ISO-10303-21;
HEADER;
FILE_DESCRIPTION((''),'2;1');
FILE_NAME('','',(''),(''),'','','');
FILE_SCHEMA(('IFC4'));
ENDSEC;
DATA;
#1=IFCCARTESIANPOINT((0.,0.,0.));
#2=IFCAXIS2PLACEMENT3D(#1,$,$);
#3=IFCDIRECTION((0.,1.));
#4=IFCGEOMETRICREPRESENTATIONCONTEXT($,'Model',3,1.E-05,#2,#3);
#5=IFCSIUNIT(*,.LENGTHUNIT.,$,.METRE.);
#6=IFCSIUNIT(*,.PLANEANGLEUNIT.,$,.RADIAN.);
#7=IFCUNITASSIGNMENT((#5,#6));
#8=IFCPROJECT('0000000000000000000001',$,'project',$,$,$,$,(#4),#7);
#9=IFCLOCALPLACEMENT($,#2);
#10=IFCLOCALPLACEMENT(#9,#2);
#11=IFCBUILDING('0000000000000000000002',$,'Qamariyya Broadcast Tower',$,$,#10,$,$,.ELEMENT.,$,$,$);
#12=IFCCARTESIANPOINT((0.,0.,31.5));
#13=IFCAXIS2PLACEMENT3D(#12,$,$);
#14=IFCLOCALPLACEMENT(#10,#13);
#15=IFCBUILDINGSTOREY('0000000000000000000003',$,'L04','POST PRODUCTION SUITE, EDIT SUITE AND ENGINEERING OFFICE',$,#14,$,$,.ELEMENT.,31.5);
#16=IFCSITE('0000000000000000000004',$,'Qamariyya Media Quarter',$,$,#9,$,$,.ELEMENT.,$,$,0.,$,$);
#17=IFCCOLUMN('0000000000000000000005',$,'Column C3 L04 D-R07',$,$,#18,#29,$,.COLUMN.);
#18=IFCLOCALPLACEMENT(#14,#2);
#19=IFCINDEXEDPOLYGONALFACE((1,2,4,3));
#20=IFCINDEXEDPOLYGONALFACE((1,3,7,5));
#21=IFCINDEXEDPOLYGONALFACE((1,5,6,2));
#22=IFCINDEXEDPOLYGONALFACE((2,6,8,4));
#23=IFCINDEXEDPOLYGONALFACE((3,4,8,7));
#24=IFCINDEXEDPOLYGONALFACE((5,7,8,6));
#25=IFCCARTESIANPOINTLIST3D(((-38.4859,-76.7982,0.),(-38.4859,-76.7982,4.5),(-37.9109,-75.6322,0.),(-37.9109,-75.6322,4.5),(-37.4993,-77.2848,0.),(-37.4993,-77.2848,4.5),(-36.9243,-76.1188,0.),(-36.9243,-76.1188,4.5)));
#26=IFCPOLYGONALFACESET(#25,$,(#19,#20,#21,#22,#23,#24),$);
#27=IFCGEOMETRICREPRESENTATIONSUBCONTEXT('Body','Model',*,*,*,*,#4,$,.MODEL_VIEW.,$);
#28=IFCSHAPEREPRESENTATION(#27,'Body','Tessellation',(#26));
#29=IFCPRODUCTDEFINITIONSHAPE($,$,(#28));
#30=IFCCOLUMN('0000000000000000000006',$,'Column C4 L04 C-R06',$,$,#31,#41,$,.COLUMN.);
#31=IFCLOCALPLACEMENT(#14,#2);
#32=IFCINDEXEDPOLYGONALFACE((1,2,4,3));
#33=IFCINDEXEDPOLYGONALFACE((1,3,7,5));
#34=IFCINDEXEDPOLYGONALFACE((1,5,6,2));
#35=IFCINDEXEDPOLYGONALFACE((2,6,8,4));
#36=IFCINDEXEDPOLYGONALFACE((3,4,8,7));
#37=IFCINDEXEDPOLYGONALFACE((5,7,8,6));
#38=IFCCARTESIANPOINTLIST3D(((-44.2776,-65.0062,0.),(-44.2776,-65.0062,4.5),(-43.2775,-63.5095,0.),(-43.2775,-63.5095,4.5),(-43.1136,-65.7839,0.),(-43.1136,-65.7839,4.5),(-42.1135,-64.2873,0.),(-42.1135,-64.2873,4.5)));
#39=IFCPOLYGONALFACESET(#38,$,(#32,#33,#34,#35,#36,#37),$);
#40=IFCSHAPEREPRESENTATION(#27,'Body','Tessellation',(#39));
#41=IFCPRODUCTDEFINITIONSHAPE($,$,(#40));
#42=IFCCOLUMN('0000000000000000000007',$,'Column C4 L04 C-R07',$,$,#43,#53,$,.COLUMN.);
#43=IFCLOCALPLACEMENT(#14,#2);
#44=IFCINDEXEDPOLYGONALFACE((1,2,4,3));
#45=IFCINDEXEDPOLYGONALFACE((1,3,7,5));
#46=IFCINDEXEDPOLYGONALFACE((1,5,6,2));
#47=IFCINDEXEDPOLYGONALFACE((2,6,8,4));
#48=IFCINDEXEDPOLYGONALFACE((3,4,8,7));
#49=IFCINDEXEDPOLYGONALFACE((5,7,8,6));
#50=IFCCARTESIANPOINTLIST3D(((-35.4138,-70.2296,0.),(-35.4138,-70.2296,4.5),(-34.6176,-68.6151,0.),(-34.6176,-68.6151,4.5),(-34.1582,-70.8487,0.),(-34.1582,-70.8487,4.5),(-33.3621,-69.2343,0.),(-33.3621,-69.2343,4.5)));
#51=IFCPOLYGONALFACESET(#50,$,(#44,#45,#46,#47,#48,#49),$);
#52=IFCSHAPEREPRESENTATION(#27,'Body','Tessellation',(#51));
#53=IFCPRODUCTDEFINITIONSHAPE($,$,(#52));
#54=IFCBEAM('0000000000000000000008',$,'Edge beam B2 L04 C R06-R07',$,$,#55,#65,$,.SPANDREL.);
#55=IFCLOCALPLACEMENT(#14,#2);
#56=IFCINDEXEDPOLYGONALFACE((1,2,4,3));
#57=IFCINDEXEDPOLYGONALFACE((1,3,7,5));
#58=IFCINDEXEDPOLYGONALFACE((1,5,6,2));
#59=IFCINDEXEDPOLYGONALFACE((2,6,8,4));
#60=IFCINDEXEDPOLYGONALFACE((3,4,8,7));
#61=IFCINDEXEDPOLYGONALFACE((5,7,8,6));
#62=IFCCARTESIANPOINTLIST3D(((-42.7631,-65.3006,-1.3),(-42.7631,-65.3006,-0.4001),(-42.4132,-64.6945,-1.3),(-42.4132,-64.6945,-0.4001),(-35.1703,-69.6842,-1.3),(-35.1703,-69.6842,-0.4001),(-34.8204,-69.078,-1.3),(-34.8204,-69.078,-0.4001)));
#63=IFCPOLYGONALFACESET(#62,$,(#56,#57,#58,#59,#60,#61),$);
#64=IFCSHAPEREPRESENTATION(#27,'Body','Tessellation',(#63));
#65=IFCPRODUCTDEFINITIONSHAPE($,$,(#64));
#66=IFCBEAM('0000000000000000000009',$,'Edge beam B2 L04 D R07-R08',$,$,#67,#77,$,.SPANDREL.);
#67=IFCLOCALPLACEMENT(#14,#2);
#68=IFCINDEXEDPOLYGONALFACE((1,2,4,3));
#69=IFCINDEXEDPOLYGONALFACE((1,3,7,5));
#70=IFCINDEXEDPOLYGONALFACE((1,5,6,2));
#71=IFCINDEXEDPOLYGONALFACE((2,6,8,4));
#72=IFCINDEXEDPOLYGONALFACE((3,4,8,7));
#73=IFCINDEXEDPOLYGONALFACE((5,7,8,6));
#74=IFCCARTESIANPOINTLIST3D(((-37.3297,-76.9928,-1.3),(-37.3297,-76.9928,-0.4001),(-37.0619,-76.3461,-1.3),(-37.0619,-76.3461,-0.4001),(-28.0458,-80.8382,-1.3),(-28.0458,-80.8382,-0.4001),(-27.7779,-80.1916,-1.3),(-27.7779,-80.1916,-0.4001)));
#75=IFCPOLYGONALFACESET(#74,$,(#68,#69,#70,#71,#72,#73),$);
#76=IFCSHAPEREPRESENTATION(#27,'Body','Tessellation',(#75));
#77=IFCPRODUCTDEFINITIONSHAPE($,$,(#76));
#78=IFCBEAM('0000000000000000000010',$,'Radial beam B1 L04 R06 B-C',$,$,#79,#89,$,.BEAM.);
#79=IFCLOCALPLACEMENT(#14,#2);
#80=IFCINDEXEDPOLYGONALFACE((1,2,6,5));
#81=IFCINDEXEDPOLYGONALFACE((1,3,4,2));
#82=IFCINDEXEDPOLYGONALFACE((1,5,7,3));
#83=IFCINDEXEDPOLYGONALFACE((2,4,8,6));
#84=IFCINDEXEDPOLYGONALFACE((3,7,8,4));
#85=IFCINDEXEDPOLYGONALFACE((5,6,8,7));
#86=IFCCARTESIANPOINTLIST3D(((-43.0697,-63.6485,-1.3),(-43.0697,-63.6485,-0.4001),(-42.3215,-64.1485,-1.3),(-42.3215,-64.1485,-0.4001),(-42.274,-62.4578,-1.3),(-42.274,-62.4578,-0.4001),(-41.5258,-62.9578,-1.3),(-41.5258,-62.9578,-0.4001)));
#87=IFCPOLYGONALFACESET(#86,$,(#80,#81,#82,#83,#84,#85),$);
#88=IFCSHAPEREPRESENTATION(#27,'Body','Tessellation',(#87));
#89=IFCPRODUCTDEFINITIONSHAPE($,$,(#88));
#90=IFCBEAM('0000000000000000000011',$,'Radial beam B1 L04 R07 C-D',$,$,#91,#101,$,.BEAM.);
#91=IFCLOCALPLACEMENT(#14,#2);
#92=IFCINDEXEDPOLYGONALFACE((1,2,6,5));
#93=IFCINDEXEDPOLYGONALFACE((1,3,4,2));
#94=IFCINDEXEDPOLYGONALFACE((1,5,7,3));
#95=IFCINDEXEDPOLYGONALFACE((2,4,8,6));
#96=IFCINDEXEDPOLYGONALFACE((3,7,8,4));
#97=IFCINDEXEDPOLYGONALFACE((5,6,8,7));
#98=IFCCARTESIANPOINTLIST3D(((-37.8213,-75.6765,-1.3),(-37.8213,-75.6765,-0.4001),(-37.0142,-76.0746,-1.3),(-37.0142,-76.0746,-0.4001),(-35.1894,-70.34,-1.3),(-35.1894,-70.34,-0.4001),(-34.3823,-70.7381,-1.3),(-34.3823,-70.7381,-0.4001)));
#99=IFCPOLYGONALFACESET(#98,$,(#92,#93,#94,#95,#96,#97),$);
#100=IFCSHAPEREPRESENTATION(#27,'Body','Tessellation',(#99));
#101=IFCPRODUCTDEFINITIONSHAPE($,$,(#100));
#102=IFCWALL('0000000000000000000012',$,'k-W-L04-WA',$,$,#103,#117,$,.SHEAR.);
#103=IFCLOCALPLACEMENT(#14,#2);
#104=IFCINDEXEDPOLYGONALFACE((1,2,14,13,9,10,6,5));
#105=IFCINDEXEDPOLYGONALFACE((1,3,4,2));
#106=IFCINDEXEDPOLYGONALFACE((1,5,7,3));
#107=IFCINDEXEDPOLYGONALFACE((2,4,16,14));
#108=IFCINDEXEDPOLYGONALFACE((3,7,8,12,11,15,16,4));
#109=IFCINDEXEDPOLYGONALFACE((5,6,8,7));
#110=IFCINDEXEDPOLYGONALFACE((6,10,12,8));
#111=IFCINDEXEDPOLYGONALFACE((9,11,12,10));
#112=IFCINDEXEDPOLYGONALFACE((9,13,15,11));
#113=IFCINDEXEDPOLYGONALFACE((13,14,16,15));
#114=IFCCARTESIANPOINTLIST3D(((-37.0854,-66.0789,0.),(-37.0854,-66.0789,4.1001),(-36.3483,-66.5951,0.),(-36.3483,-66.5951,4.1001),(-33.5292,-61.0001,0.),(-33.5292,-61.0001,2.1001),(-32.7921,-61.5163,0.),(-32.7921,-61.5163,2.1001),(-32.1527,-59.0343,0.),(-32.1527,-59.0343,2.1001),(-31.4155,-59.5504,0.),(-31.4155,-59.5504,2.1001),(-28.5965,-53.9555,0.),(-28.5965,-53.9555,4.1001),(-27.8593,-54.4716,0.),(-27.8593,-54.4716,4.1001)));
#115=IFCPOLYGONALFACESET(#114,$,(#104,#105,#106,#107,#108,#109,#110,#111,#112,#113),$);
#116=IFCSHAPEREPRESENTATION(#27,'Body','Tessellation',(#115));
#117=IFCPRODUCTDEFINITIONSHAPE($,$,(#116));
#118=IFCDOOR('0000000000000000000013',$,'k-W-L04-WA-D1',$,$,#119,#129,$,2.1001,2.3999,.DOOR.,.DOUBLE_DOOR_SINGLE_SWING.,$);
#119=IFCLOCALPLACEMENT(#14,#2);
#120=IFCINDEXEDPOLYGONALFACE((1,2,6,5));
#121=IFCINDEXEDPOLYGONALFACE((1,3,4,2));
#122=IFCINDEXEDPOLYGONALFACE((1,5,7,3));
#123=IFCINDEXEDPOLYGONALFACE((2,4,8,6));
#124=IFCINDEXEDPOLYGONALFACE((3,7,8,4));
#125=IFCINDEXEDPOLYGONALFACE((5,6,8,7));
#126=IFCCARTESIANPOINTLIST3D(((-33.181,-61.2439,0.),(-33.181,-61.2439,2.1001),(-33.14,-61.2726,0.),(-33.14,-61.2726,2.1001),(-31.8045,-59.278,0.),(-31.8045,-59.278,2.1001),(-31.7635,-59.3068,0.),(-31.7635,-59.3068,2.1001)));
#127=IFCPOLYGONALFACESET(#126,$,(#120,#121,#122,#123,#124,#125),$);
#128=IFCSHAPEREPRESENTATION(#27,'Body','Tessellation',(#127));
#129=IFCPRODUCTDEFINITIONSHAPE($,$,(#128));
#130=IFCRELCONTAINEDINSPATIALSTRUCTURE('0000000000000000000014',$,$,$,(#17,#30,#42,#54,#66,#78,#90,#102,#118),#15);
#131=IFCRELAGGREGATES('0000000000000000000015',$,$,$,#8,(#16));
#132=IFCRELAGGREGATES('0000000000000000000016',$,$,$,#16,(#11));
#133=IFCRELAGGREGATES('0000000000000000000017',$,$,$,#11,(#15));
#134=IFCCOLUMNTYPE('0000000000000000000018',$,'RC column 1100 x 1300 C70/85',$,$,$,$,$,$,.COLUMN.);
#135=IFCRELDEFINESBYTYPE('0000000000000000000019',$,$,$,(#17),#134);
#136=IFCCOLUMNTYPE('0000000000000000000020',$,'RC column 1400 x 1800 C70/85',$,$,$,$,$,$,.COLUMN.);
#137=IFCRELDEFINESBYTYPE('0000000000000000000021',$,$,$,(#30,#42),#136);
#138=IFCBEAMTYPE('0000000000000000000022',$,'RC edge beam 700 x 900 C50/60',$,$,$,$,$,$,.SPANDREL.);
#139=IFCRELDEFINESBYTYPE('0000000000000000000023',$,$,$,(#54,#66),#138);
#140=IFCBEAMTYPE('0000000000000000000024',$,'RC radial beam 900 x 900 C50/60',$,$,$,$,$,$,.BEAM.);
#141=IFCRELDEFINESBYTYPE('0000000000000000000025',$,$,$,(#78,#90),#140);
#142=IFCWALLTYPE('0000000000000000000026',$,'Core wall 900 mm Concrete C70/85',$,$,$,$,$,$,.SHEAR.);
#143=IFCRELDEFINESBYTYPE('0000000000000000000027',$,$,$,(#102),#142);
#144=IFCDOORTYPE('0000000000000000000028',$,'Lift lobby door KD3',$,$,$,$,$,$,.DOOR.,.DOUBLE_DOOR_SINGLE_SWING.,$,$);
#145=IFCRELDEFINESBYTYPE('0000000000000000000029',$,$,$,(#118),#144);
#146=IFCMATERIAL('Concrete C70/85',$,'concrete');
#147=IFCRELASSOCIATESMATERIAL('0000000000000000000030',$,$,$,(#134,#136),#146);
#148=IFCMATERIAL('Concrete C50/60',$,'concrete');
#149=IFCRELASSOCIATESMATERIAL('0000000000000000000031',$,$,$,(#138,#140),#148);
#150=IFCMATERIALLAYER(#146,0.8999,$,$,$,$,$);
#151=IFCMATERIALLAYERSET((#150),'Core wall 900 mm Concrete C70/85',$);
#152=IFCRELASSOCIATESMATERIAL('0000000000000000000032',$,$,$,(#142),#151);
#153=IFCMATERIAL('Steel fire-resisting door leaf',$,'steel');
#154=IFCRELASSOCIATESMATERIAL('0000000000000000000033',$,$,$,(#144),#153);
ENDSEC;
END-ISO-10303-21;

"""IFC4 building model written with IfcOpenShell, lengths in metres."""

from ifc_helpers import new_model, si_unit, direction, frame, frame_2d, origin, origin_2d, place, context, subcontext, project, spatial, rectangle, extrude, material, layer, layer_set, material_profile, profile_set, type_object, element, fill, save


model = new_model("IFC4")

# Units and contexts
model_context = context("Model", 3, precision=1e-05, world=origin(), true_north=direction((0.0, 1.0)))
body_context = subcontext(model_context, "Body", "Model", "MODEL_VIEW")
ifc_project = project(units=[si_unit("LENGTHUNIT", "METRE"), si_unit("PLANEANGLEUNIT", "RADIAN")], contexts=[model_context])

# Site, building, storey
site_placement = place(None, origin())
site = spatial("IfcSite", under=ifc_project, at=site_placement, Name="Qamariyya Media Quarter", CompositionType="ELEMENT", RefElevation=0.0)
building_placement = place(site_placement, origin())
building = spatial("IfcBuilding", under=site, at=building_placement, Name="Qamariyya Broadcast Tower", CompositionType="ELEMENT")
storey_placement = place(building_placement, frame((0.0, 0.0, 31.5)))
storey = spatial("IfcBuildingStorey", under=building, at=storey_placement, Name="L04", Description="POST PRODUCTION SUITE, EDIT SUITE AND ENGINEERING OFFICE", CompositionType="ELEMENT", Elevation=31.5)

# Columns
ifc_material_1 = material(Name="Concrete C70/85", Category="concrete")
ifc_material_profile_1 = material_profile(ifc_material_1, rectangle(XDim=1.1001, YDim=1.3, at=origin_2d()))
ifc_profile_set_1 = profile_set([ifc_material_profile_1], Name="Concrete C70/85")
column_type_1 = type_object("IfcColumnType", Name="RC column 1100 x 1300 C70/85", PredefinedType="COLUMN", material=ifc_profile_set_1)
column_placement = place(storey_placement, frame((-37.7051, -76.4585, 0.0), z_axis=(0.0, 0.0, 1.0), x_axis=(0.896873, -0.442289, 0.0)))
element("IfcColumn", 1, at=column_placement, inside=storey, type_object=column_type_1, Name="Column C3 L04 D-R07", PredefinedType="COLUMN", context=body_context, shape_type="SweptSolid", body=[
    extrude(rectangle(XDim=1.1001, YDim=1.3, at=origin_2d()), origin(), (0.0, 0.0, 1.0), 4.5),
])
ifc_material_profile_2 = material_profile(ifc_material_1, rectangle(XDim=1.3999, YDim=1.8, at=origin_2d()))
ifc_profile_set_2 = profile_set([ifc_material_profile_2], Name="Concrete C70/85")
column_type_2 = type_object("IfcColumnType", Name="RC column 1400 x 1800 C70/85", PredefinedType="COLUMN", material=ifc_profile_set_2)
for number, where, z_axis, x_axis, name in (
    (2, (-43.1956, -64.6467, 0.0), (0.0, 0.0, 1.0), (0.83147, -0.55557, 0.0), "Column C4 L04 C-R06"),
    (3, (-34.3879, -69.7319, 0.0), (0.0, 0.0, 1.0), (0.896873, -0.442289, 0.0), "Column C4 L04 C-R07"),
):
    element("IfcColumn", number, at=place(storey_placement, frame(where, z_axis=z_axis, x_axis=x_axis)), inside=storey, type_object=column_type_2, Name=name, PredefinedType="COLUMN", context=body_context, shape_type="SweptSolid", body=[
        extrude(rectangle(XDim=1.3999, YDim=1.8, at=origin_2d()), origin(), (0.0, 0.0, 1.0), 4.5),
    ])

# Beams
ifc_material_2 = material(Name="Concrete C50/60", Category="concrete")
ifc_material_profile_3 = material_profile(ifc_material_2, rectangle(XDim=0.7, YDim=0.8999, at=origin_2d()))
ifc_profile_set_3 = profile_set([ifc_material_profile_3], Name="Concrete C50/60")
beam_type_1 = type_object("IfcBeamType", Name="RC edge beam 700 x 900 C50/60", PredefinedType="SPANDREL", material=ifc_profile_set_3)
beam_1_placement = place(storey_placement, frame((-42.5881, -64.9976, -0.8501), z_axis=(0.866033, -0.499988, 0.0), x_axis=(0.499988, 0.866033, 0.0)))
element("IfcBeam", 4, at=beam_1_placement, inside=storey, type_object=beam_type_1, Name="Edge beam B2 L04 C R06-R07", PredefinedType="SPANDREL", context=body_context, shape_type="SweptSolid", body=[
    extrude(rectangle(XDim=0.7, YDim=0.8999, at=origin_2d()), origin(), (0.0, 0.0, 1.0), 8.7673),
])
beam_2_placement = place(storey_placement, frame((-37.1958, -76.6694, -0.8501), z_axis=(0.923882, -0.382677, 0.0), x_axis=(0.382677, 0.923882, 0.0)))
element("IfcBeam", 5, at=beam_2_placement, inside=storey, type_object=beam_type_1, Name="Edge beam B2 L04 D R07-R08", PredefinedType="SPANDREL", context=body_context, shape_type="SweptSolid", body=[
    extrude(rectangle(XDim=0.7, YDim=0.8999, at=origin_2d()), origin(), (0.0, 0.0, 1.0), 10.0488),
])
ifc_material_profile_4 = material_profile(ifc_material_2, rectangle(XDim=0.8999, YDim=0.8999, at=origin_2d()))
ifc_profile_set_4 = profile_set([ifc_material_profile_4], Name="Concrete C50/60")
beam_type_2 = type_object("IfcBeamType", Name="RC radial beam 900 x 900 C50/60", PredefinedType="BEAM", material=ifc_profile_set_4)
beam_3_placement = place(storey_placement, frame((-41.8999, -62.7078, -0.8501), z_axis=(-0.555605, -0.831447, 0.0), x_axis=(0.831447, -0.555605, 0.0)))
element("IfcBeam", 6, at=beam_3_placement, inside=storey, type_object=beam_type_2, Name="Radial beam B1 L04 R06 B-C", PredefinedType="BEAM", context=body_context, shape_type="SweptSolid", body=[
    extrude(rectangle(XDim=0.8999, YDim=0.8999, at=origin_2d()), origin(), (0.0, 0.0, 1.0), 1.4321),
])
beam_4_placement = place(storey_placement, frame((-34.7859, -70.5391, -0.8501), z_axis=(-0.442316, -0.896859, 0.0), x_axis=(0.896859, -0.442316, 0.0)))
element("IfcBeam", 7, at=beam_4_placement, inside=storey, type_object=beam_type_2, Name="Radial beam B1 L04 R07 C-D", PredefinedType="BEAM", context=body_context, shape_type="SweptSolid", body=[
    extrude(rectangle(XDim=0.8999, YDim=0.8999, at=origin_2d()), origin(), (0.0, 0.0, 1.0), 5.9502),
])

# Wall, opening, door
ifc_layer_1 = layer(ifc_material_1, 0.8999)
ifc_layer_set_1 = layer_set([ifc_layer_1], Name="Core wall 900 mm Concrete C70/85")
wall_type_1 = type_object("IfcWallType", Name="Core wall 900 mm Concrete C70/85", PredefinedType="SHEAR", material=ifc_layer_set_1)
wall_1_placement = place(storey_placement, frame((-36.7168, -66.3369, 0.0), z_axis=(0.0, 0.0, 1.0), x_axis=(0.573577, 0.819151, 0.0)))
wall_1 = element("IfcWall", 8, at=wall_1_placement, inside=storey, type_object=wall_type_1, Name="k-W-L04-WA", PredefinedType="SHEAR", context=body_context, shape_type="SweptSolid", body=[
    extrude(rectangle(XDim=14.8, YDim=0.8999, at=frame_2d((7.3999, 0.0))), origin(), (0.0, 0.0, 1.0), 4.1001),
])
opening_1_placement = place(wall_1_placement, frame((6.2, 0.0, 0.0)))
opening_1 = element("IfcOpeningElement", 9, at=opening_1_placement, cuts=wall_1, PredefinedType="OPENING", context=body_context, shape_type="SweptSolid", body=[
    extrude(rectangle(XDim=2.3999, YDim=2.1001, at=frame_2d((1.2, 1.05))), frame((0.0, 0.46, 0.0), z_axis=(0.0, -1.0, 0.0), x_axis=(1.0, 0.0, 0.0)), (0.0, 0.0, 1.0), 0.9199),
])
ifc_material_3 = material(Name="Steel fire-resisting door leaf", Category="steel")
door_type_1 = type_object("IfcDoorType", Name="Lift lobby door KD3", OperationType="DOUBLE_DOOR_SINGLE_SWING", PredefinedType="DOOR", material=ifc_material_3)
door_1_placement = place(opening_1_placement, origin())
door_1 = element("IfcDoor", 10, at=door_1_placement, inside=storey, type_object=door_type_1, Name="k-W-L04-WA-D1", OperationType="DOUBLE_DOOR_SINGLE_SWING", OverallHeight=2.1001, OverallWidth=2.3999, PredefinedType="DOOR", context=body_context, shape_type="SweptSolid", body=[
    extrude(rectangle(XDim=2.3999, YDim=2.1001, at=frame_2d((1.2, 1.05))), frame((0.0, 0.0249, 0.0), z_axis=(0.0, -1.0, 0.0), x_axis=(1.0, 0.0, 0.0)), (0.0, 0.0, 1.0), 0.05),
])
fill(opening_1, door_1)

save(model, "model.ifc")
